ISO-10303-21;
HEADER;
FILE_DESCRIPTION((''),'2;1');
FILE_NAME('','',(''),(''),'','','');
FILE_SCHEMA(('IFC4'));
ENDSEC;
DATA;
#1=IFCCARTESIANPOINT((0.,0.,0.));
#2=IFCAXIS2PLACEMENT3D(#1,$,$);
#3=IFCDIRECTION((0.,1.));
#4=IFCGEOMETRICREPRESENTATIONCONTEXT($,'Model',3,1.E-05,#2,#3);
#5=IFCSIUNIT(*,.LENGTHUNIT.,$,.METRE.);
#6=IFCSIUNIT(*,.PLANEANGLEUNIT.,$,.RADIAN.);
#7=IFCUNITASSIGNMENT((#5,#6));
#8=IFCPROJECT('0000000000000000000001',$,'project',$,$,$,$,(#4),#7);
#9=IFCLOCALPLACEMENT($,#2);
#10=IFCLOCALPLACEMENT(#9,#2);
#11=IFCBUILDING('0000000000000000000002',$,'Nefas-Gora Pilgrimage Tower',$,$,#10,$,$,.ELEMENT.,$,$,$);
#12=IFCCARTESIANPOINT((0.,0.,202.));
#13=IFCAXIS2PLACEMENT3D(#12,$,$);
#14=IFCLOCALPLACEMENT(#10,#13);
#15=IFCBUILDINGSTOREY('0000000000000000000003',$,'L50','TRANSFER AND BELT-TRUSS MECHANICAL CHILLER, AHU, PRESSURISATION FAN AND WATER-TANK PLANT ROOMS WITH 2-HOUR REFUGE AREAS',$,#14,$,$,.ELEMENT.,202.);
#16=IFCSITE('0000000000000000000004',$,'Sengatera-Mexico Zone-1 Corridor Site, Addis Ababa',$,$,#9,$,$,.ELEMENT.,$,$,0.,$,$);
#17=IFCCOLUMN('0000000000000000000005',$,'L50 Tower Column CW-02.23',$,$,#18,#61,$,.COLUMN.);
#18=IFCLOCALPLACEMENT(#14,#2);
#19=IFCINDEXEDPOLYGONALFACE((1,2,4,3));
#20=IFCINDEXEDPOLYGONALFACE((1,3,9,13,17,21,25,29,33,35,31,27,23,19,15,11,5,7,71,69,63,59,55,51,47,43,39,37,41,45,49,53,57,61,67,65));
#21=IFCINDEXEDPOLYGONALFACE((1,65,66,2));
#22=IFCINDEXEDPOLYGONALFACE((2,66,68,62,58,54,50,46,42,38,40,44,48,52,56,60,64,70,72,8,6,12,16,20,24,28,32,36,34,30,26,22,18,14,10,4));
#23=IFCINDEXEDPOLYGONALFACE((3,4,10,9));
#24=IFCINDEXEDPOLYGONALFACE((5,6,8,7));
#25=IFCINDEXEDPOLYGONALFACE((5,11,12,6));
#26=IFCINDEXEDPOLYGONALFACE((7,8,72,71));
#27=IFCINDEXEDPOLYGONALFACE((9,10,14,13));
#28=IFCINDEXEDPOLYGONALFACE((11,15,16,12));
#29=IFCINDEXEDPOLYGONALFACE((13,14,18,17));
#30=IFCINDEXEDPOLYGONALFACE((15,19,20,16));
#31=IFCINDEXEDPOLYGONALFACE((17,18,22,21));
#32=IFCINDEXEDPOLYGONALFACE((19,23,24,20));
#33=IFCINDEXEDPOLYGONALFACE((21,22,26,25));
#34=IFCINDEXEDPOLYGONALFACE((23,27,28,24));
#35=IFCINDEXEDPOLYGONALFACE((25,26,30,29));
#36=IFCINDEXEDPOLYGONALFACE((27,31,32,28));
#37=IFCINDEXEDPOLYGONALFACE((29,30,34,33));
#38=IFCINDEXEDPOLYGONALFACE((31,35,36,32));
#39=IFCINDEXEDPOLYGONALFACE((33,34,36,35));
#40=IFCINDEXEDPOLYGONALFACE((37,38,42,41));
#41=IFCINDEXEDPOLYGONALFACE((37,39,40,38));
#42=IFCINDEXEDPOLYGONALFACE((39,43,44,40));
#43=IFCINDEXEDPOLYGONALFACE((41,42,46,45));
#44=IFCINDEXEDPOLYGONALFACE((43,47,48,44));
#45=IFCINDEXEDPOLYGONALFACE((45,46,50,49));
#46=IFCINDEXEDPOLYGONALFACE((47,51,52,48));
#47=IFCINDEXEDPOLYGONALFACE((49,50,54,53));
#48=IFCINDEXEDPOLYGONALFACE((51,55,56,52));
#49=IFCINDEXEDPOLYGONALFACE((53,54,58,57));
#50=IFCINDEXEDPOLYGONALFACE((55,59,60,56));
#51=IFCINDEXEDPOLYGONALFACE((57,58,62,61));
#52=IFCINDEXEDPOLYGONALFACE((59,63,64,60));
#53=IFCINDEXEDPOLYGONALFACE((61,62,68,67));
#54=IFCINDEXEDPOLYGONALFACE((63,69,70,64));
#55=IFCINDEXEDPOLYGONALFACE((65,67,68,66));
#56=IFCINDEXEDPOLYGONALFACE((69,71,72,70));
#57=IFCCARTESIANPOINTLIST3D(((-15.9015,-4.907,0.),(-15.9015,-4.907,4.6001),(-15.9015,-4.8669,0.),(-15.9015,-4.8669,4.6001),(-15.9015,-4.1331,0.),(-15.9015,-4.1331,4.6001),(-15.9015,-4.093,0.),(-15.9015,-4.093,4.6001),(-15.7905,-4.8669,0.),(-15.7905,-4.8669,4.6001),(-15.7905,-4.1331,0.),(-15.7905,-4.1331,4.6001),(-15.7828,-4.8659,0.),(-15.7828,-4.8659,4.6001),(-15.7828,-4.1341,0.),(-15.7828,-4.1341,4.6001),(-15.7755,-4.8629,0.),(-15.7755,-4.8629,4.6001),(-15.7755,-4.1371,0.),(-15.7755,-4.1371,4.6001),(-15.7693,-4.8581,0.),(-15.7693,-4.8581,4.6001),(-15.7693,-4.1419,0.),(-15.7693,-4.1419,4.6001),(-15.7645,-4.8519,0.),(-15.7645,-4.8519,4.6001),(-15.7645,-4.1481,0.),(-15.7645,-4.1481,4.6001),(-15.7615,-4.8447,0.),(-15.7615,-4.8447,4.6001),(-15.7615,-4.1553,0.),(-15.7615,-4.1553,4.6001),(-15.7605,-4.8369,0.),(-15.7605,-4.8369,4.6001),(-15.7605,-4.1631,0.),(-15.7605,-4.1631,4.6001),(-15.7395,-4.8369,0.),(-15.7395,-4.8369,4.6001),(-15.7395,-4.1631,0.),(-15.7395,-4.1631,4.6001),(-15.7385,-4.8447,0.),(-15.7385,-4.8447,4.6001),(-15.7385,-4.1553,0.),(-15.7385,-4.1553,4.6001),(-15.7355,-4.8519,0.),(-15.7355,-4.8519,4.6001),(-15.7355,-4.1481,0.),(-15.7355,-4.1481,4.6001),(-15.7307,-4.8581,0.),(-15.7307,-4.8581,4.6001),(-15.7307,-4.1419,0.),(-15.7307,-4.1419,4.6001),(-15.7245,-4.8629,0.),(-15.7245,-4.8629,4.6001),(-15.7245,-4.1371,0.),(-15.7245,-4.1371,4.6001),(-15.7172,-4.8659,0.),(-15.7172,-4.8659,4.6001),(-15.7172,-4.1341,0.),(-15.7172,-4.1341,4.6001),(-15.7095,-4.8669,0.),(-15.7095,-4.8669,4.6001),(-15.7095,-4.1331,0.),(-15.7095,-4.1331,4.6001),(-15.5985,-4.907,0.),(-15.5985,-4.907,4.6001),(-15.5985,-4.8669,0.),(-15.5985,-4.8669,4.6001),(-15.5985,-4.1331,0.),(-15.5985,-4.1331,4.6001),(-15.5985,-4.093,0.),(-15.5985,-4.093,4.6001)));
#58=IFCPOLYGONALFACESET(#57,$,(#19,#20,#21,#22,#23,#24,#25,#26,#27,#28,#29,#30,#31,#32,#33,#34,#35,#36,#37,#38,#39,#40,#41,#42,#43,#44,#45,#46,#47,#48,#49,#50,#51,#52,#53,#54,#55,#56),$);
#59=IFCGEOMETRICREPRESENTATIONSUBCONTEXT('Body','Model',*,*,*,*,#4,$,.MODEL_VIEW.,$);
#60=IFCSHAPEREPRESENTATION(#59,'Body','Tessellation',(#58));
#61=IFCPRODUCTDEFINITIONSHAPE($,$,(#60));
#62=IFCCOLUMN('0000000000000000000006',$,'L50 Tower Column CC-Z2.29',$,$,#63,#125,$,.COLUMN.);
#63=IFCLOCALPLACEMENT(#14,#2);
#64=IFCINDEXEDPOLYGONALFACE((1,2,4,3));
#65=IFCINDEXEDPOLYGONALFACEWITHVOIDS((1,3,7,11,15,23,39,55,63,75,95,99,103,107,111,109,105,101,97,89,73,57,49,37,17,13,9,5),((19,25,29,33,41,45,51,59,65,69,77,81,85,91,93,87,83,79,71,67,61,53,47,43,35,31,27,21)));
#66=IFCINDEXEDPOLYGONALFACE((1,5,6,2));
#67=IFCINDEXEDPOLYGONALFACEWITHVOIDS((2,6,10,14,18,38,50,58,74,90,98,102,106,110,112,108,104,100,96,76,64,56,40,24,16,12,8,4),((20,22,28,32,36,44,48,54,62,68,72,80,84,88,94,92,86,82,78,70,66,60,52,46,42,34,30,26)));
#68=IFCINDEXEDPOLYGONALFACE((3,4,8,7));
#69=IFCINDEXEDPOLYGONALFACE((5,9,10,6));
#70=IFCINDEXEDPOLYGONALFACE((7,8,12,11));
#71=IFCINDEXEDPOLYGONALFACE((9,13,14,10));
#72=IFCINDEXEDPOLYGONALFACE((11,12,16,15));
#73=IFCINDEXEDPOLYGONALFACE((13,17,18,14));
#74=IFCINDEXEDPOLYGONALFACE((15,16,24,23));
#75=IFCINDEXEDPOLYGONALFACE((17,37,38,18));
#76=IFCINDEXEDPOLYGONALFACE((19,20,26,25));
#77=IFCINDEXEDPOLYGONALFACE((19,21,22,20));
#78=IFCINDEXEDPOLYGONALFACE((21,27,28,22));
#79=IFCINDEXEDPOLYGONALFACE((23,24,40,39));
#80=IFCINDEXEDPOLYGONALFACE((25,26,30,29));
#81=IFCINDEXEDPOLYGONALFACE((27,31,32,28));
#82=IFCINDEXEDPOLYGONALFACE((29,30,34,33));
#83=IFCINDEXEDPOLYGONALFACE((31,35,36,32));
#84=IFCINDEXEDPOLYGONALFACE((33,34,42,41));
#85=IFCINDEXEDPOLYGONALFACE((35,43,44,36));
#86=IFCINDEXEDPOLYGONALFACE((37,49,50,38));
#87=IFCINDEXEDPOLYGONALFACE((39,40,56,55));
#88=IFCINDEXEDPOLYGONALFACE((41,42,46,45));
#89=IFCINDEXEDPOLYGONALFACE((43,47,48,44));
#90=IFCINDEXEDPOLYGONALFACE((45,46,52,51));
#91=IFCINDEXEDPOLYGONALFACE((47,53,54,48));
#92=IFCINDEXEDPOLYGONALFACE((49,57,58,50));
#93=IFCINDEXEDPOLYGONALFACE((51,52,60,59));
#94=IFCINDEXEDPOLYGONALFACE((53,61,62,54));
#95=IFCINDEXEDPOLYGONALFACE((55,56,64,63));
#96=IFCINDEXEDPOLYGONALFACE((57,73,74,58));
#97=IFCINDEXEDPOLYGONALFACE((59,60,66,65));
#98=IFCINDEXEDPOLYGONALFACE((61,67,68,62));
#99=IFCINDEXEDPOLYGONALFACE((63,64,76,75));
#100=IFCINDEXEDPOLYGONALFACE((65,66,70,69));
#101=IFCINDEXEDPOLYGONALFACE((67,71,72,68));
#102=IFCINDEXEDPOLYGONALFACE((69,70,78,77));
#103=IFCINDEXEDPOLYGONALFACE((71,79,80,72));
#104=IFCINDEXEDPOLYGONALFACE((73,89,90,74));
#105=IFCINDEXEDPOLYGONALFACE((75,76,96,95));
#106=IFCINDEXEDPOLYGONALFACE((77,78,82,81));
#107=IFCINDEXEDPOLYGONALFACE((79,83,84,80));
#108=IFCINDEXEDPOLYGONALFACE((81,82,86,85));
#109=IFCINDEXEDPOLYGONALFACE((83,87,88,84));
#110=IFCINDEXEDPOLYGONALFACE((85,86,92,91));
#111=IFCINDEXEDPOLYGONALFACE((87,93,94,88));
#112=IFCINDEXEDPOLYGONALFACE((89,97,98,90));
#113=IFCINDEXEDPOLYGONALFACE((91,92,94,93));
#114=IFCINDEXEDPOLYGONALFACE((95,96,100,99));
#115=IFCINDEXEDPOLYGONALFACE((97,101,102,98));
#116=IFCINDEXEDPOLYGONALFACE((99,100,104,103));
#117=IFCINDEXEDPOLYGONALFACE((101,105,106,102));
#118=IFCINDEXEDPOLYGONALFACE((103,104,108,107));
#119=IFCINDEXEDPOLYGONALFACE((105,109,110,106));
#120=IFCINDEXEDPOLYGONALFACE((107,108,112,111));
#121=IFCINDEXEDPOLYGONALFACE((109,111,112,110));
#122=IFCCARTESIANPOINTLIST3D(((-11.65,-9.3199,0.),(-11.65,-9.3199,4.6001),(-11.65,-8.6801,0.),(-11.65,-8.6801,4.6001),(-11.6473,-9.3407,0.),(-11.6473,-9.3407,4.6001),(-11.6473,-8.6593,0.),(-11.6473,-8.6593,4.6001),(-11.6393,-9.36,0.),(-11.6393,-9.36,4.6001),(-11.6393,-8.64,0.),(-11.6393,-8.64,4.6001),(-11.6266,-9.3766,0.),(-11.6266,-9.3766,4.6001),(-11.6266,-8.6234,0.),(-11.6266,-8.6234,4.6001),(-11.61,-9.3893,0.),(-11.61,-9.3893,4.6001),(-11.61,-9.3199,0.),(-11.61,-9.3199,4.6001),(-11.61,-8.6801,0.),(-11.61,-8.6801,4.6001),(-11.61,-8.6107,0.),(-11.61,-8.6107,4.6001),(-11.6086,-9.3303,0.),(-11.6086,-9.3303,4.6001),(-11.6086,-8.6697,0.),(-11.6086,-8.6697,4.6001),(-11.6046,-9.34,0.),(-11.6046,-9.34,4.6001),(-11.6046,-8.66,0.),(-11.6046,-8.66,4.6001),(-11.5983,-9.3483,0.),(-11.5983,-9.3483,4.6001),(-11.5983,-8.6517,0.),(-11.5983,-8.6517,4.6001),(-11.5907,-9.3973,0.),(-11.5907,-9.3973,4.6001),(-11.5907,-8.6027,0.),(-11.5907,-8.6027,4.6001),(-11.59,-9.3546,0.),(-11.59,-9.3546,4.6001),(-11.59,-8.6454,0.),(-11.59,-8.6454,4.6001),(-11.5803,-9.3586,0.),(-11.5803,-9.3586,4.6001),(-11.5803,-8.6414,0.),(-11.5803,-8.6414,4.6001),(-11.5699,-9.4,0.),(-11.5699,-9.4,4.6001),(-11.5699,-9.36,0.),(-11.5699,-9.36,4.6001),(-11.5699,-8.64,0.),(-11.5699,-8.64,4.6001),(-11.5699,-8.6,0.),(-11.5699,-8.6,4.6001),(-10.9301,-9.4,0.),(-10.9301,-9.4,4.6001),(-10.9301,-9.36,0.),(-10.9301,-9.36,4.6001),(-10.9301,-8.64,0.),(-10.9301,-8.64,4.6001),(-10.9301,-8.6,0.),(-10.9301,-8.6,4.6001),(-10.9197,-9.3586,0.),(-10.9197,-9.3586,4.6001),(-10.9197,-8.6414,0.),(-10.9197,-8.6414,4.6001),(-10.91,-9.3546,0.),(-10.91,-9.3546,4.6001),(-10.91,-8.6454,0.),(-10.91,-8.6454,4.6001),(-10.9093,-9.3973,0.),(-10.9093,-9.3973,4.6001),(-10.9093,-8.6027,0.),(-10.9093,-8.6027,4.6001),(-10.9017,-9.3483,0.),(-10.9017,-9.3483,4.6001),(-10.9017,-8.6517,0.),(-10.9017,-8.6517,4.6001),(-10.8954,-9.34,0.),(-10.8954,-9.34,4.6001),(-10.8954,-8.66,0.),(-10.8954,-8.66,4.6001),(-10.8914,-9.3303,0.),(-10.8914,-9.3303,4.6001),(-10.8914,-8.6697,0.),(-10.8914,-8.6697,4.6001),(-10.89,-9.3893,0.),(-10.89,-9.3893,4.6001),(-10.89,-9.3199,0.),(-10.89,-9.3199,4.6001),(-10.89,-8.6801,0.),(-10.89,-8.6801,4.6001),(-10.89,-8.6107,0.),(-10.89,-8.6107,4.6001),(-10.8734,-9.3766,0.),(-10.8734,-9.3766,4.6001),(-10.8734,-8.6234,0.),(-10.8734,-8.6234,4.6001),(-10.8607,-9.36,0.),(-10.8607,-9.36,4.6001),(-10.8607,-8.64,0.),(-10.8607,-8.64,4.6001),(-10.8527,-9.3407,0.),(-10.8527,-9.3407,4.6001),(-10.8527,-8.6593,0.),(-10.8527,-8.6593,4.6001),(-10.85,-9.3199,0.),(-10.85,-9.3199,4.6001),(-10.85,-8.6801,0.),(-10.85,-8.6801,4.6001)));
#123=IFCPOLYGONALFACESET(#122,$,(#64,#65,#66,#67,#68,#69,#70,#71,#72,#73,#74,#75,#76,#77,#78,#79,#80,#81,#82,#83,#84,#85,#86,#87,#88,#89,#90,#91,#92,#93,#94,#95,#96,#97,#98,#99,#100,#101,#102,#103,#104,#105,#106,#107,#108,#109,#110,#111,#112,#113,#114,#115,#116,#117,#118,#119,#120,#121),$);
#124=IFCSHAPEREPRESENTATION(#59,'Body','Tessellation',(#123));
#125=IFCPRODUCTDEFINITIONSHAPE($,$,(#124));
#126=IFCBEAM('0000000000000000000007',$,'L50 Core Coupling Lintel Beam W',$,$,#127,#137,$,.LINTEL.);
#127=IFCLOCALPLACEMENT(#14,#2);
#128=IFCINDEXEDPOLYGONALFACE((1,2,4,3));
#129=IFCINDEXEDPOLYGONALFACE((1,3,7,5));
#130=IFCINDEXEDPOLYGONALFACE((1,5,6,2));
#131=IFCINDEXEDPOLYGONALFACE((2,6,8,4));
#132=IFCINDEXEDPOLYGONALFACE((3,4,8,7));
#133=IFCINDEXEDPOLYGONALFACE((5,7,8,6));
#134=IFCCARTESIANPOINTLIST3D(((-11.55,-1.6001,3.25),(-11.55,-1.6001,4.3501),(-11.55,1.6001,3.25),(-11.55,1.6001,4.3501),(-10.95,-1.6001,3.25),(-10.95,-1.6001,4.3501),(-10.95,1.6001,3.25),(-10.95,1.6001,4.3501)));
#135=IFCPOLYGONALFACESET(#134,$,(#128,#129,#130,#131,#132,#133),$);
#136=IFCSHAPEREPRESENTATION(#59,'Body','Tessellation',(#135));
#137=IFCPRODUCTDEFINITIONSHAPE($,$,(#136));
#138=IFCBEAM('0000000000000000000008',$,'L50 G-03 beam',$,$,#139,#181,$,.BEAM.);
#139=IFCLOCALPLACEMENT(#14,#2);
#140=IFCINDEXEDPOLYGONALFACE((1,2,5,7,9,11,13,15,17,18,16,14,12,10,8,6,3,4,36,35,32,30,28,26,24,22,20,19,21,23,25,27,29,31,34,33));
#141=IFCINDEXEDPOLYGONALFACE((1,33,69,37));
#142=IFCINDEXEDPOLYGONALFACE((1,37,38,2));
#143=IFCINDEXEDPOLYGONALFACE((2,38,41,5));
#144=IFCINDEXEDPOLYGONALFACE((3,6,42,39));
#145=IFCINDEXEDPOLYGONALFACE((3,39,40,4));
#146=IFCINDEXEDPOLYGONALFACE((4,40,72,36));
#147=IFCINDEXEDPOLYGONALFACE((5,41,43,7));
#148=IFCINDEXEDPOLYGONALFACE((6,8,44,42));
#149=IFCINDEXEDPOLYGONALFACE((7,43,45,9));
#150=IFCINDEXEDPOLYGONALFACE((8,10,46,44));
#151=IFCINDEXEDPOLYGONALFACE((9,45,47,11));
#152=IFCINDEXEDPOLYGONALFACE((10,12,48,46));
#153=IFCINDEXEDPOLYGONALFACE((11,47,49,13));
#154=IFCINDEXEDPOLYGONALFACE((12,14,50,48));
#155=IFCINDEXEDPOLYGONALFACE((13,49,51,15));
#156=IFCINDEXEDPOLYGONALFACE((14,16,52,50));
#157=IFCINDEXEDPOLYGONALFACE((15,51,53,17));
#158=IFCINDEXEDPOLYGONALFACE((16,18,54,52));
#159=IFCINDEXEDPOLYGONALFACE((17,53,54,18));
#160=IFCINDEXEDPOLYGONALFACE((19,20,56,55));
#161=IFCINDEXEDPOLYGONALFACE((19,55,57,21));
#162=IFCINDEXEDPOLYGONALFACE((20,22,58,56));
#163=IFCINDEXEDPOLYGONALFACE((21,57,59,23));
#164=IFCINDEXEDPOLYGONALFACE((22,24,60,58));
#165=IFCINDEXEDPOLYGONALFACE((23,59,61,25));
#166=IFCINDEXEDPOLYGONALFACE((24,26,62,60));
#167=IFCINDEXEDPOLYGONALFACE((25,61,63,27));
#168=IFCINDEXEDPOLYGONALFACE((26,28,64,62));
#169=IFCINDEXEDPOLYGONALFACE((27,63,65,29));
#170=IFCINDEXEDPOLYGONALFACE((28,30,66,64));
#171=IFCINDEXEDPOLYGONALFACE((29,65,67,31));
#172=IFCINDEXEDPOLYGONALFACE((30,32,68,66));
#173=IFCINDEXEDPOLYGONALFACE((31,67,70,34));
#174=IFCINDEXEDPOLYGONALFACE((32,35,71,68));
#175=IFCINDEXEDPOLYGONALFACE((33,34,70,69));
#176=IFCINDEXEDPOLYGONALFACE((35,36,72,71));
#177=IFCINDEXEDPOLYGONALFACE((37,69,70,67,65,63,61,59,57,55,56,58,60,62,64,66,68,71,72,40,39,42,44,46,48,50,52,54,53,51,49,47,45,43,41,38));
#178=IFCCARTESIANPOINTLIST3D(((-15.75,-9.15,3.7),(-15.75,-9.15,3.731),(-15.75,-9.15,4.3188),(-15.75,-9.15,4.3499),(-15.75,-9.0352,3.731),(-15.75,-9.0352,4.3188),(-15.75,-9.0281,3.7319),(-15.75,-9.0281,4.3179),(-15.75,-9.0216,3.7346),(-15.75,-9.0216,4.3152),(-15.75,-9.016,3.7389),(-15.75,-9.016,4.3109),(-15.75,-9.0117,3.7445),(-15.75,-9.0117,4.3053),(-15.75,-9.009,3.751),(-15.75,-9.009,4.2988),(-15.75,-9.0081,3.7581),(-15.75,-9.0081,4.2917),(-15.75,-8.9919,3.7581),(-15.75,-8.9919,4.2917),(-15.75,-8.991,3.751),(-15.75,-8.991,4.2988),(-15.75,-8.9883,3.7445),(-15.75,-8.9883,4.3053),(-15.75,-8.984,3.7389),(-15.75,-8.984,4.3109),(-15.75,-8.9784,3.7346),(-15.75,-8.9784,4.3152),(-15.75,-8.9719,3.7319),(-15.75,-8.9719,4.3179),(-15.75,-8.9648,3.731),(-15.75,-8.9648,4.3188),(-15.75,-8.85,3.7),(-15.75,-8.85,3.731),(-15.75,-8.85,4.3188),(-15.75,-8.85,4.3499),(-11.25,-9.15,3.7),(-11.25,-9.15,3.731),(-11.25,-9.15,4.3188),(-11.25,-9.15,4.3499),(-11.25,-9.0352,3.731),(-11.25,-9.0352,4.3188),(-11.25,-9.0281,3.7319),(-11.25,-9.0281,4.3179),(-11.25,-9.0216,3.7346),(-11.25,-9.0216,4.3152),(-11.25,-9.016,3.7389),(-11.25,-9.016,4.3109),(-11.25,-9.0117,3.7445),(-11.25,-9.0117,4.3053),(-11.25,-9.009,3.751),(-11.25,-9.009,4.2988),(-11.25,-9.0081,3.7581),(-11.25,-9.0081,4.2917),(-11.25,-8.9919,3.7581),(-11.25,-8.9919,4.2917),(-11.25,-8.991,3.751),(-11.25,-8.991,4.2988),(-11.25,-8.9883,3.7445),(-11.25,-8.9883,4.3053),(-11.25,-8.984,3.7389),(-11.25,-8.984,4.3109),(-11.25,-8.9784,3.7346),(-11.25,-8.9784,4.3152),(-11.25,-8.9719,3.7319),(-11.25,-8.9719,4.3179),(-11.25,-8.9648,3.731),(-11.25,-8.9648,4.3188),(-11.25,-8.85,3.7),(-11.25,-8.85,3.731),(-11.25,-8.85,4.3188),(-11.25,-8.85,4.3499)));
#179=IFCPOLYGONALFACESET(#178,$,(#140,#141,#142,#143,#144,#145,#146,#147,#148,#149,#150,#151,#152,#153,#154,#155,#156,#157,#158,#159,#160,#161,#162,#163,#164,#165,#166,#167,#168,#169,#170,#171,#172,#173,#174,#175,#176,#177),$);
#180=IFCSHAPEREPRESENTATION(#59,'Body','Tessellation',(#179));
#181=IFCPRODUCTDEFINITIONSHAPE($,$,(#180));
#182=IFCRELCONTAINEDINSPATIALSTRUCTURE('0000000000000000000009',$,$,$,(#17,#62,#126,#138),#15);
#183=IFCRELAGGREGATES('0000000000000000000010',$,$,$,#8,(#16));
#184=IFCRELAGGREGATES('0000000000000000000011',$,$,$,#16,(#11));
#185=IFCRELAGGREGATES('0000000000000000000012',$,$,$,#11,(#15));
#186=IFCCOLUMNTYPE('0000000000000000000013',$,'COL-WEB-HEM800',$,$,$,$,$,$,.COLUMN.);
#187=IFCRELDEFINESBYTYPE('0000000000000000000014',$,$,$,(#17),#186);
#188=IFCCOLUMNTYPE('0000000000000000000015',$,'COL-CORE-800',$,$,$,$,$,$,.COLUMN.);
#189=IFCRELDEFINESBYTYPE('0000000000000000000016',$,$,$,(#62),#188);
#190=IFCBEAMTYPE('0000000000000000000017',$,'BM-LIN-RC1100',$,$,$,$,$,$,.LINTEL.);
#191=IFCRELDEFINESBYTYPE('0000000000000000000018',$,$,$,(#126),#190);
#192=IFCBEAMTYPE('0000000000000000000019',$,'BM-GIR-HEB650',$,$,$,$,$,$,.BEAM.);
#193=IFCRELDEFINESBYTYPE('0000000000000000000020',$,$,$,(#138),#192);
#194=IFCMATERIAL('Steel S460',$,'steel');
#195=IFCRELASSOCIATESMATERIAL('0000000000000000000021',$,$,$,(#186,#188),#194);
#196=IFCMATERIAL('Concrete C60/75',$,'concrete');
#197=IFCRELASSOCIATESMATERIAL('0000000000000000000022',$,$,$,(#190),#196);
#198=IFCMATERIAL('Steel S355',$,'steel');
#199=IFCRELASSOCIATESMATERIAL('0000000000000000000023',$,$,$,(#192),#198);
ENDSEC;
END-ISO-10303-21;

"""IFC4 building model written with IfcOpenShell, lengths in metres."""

from ifc_helpers import new_model, si_unit, direction, frame, origin, origin_2d, place, context, subcontext, project, spatial, rectangle, hollow_rectangle, i_section, extrude, source, transform, mapped, material, material_profile, profile_set, type_object, element, save


model = new_model("IFC4")

# Units and contexts
model_context = context("Model", 3, precision=1e-05, world=origin(), true_north=direction((0.0, 1.0)))
body_context = subcontext(model_context, "Body", "Model", "MODEL_VIEW")
ifc_project = project(units=[si_unit("LENGTHUNIT", "METRE"), si_unit("PLANEANGLEUNIT", "RADIAN")], contexts=[model_context])

# Site, building, storey
site_placement = place(None, origin())
site = spatial("IfcSite", under=ifc_project, at=site_placement, Name="Sengatera-Mexico Zone-1 Corridor Site, Addis Ababa", CompositionType="ELEMENT", RefElevation=0.0)
building_placement = place(site_placement, origin())
building = spatial("IfcBuilding", under=site, at=building_placement, Name="Nefas-Gora Pilgrimage Tower", CompositionType="ELEMENT")
storey_placement = place(building_placement, frame((0.0, 0.0, 202.0)))
storey = spatial("IfcBuildingStorey", under=building, at=storey_placement, Name="L50", Description="TRANSFER AND BELT-TRUSS MECHANICAL CHILLER, AHU, PRESSURISATION FAN AND WATER-TANK PLANT ROOMS WITH 2-HOUR REFUGE AREAS", CompositionType="ELEMENT", Elevation=202.0)

# Columns
ifc_material_1 = material(Name="Steel S460", Category="steel")
ifc_material_profile_1 = material_profile(ifc_material_1, i_section(OverallWidth=0.303, OverallDepth=0.814, WebThickness=0.021, FlangeThickness=0.04, FilletRadius=0.03, at=origin_2d()), Name="HEM 800")
ifc_profile_set_1 = profile_set([ifc_material_profile_1], Name="Steel S460")
column_type_1 = type_object("IfcColumnType", Name="COL-WEB-HEM800", PredefinedType="COLUMN", material=ifc_profile_set_1)
shared_shape_1 = source(origin(), body_context, "Body", "SweptSolid", [
    extrude(i_section(OverallWidth=0.303, OverallDepth=0.814, WebThickness=0.021, FlangeThickness=0.04, FilletRadius=0.03, at=origin_2d()), origin(), (0.0, 0.0, 1.0), 4.6001),
])
column_1_placement = place(storey_placement, frame((-15.75, -4.5, 0.0), z_axis=(0.0, 0.0, 1.0), x_axis=(1.0, 0.0, 0.0)))
element("IfcColumn", 1, at=column_1_placement, inside=storey, type_object=column_type_1, Name="L50 Tower Column CW-02.23", PredefinedType="COLUMN", context=body_context, shape_type="MappedRepresentation", body=[
    mapped(shared_shape_1, transform((0.0, 0.0, 0.0), x_axis=(1.0, 0.0, 0.0), y_axis=(0.0, 1.0, 0.0), z_axis=(0.0, 0.0, 1.0), scale=1.0)),
])
ifc_material_profile_2 = material_profile(ifc_material_1, hollow_rectangle(XDim=0.8, YDim=0.8, WallThickness=0.04, InnerFilletRadius=0.04, OuterFilletRadius=0.0801, at=origin_2d()), Name="BOX 800x800x40")
ifc_profile_set_2 = profile_set([ifc_material_profile_2], Name="Steel S460")
column_type_2 = type_object("IfcColumnType", Name="COL-CORE-800", PredefinedType="COLUMN", material=ifc_profile_set_2)
shared_shape_2 = source(origin(), body_context, "Body", "SweptSolid", [
    extrude(hollow_rectangle(XDim=0.8, YDim=0.8, WallThickness=0.04, InnerFilletRadius=0.04, OuterFilletRadius=0.0801, at=origin_2d()), origin(), (0.0, 0.0, 1.0), 4.6001),
])
column_2_placement = place(storey_placement, frame((-11.25, -9.0, 0.0), z_axis=(0.0, 0.0, 1.0), x_axis=(1.0, 0.0, 0.0)))
element("IfcColumn", 2, at=column_2_placement, inside=storey, type_object=column_type_2, Name="L50 Tower Column CC-Z2.29", PredefinedType="COLUMN", context=body_context, shape_type="MappedRepresentation", body=[
    mapped(shared_shape_2, transform((0.0, 0.0, 0.0), x_axis=(1.0, 0.0, 0.0), y_axis=(0.0, 1.0, 0.0), z_axis=(0.0, 0.0, 1.0), scale=1.0)),
])

# Beams
ifc_material_2 = material(Name="Concrete C60/75", Category="concrete")
ifc_material_profile_3 = material_profile(ifc_material_2, rectangle(XDim=0.6001, YDim=1.1001, at=origin_2d()), Name="RC 600x1100")
ifc_profile_set_3 = profile_set([ifc_material_profile_3], Name="Concrete C60/75")
beam_type_1 = type_object("IfcBeamType", Name="BM-LIN-RC1100", PredefinedType="LINTEL", material=ifc_profile_set_3)
shared_shape_3 = source(origin(), body_context, "Body", "SweptSolid", [
    extrude(rectangle(XDim=0.6001, YDim=1.1001, at=origin_2d()), origin(), (0.0, 0.0, 1.0), 3.2002),
])
beam_placement = place(storey_placement, frame((-11.25, -1.6001, 3.8), z_axis=(0.0, 1.0, 0.0), x_axis=(-1.0, 0.0, 0.0)))
element("IfcBeam", 3, at=beam_placement, inside=storey, type_object=beam_type_1, Name="L50 Core Coupling Lintel Beam W", PredefinedType="LINTEL", context=body_context, shape_type="MappedRepresentation", body=[
    mapped(shared_shape_3, transform((0.0, 0.0, 0.0), x_axis=(1.0, 0.0, 0.0), y_axis=(0.0, 1.0, 0.0), z_axis=(0.0, 0.0, 1.0), scale=1.0)),
])
ifc_material_3 = material(Name="Steel S355", Category="steel")
ifc_material_profile_4 = material_profile(ifc_material_3, i_section(OverallWidth=0.3, OverallDepth=0.6499, WebThickness=0.0161, FlangeThickness=0.031, FilletRadius=0.0271, at=origin_2d()), Name="HEB 650")
ifc_profile_set_4 = profile_set([ifc_material_profile_4], Name="Steel S355")
beam_type_2 = type_object("IfcBeamType", Name="BM-GIR-HEB650", PredefinedType="BEAM", material=ifc_profile_set_4)
shared_shape_4 = source(origin(), body_context, "Body", "SweptSolid", [
    extrude(i_section(OverallWidth=0.3, OverallDepth=0.6499, WebThickness=0.0161, FlangeThickness=0.031, FilletRadius=0.0271, at=origin_2d()), origin(), (0.0, 0.0, 1.0), 4.5),
])
for number, where, z_axis, x_axis, name in (
    (4, (-15.75, -9.0, 4.0249), (1.0, 0.0, 0.0), (0.0, 1.0, 0.0), "L50 G-03 beam"),
):
    element("IfcBeam", number, at=place(storey_placement, frame(where, z_axis=z_axis, x_axis=x_axis)), inside=storey, type_object=beam_type_2, Name=name, PredefinedType="BEAM", context=body_context, shape_type="MappedRepresentation", body=[
        mapped(shared_shape_4, transform((0.0, 0.0, 0.0), x_axis=(1.0, 0.0, 0.0), y_axis=(0.0, 1.0, 0.0), z_axis=(0.0, 0.0, 1.0), scale=1.0)),
    ])

save(model, "model.ifc")
